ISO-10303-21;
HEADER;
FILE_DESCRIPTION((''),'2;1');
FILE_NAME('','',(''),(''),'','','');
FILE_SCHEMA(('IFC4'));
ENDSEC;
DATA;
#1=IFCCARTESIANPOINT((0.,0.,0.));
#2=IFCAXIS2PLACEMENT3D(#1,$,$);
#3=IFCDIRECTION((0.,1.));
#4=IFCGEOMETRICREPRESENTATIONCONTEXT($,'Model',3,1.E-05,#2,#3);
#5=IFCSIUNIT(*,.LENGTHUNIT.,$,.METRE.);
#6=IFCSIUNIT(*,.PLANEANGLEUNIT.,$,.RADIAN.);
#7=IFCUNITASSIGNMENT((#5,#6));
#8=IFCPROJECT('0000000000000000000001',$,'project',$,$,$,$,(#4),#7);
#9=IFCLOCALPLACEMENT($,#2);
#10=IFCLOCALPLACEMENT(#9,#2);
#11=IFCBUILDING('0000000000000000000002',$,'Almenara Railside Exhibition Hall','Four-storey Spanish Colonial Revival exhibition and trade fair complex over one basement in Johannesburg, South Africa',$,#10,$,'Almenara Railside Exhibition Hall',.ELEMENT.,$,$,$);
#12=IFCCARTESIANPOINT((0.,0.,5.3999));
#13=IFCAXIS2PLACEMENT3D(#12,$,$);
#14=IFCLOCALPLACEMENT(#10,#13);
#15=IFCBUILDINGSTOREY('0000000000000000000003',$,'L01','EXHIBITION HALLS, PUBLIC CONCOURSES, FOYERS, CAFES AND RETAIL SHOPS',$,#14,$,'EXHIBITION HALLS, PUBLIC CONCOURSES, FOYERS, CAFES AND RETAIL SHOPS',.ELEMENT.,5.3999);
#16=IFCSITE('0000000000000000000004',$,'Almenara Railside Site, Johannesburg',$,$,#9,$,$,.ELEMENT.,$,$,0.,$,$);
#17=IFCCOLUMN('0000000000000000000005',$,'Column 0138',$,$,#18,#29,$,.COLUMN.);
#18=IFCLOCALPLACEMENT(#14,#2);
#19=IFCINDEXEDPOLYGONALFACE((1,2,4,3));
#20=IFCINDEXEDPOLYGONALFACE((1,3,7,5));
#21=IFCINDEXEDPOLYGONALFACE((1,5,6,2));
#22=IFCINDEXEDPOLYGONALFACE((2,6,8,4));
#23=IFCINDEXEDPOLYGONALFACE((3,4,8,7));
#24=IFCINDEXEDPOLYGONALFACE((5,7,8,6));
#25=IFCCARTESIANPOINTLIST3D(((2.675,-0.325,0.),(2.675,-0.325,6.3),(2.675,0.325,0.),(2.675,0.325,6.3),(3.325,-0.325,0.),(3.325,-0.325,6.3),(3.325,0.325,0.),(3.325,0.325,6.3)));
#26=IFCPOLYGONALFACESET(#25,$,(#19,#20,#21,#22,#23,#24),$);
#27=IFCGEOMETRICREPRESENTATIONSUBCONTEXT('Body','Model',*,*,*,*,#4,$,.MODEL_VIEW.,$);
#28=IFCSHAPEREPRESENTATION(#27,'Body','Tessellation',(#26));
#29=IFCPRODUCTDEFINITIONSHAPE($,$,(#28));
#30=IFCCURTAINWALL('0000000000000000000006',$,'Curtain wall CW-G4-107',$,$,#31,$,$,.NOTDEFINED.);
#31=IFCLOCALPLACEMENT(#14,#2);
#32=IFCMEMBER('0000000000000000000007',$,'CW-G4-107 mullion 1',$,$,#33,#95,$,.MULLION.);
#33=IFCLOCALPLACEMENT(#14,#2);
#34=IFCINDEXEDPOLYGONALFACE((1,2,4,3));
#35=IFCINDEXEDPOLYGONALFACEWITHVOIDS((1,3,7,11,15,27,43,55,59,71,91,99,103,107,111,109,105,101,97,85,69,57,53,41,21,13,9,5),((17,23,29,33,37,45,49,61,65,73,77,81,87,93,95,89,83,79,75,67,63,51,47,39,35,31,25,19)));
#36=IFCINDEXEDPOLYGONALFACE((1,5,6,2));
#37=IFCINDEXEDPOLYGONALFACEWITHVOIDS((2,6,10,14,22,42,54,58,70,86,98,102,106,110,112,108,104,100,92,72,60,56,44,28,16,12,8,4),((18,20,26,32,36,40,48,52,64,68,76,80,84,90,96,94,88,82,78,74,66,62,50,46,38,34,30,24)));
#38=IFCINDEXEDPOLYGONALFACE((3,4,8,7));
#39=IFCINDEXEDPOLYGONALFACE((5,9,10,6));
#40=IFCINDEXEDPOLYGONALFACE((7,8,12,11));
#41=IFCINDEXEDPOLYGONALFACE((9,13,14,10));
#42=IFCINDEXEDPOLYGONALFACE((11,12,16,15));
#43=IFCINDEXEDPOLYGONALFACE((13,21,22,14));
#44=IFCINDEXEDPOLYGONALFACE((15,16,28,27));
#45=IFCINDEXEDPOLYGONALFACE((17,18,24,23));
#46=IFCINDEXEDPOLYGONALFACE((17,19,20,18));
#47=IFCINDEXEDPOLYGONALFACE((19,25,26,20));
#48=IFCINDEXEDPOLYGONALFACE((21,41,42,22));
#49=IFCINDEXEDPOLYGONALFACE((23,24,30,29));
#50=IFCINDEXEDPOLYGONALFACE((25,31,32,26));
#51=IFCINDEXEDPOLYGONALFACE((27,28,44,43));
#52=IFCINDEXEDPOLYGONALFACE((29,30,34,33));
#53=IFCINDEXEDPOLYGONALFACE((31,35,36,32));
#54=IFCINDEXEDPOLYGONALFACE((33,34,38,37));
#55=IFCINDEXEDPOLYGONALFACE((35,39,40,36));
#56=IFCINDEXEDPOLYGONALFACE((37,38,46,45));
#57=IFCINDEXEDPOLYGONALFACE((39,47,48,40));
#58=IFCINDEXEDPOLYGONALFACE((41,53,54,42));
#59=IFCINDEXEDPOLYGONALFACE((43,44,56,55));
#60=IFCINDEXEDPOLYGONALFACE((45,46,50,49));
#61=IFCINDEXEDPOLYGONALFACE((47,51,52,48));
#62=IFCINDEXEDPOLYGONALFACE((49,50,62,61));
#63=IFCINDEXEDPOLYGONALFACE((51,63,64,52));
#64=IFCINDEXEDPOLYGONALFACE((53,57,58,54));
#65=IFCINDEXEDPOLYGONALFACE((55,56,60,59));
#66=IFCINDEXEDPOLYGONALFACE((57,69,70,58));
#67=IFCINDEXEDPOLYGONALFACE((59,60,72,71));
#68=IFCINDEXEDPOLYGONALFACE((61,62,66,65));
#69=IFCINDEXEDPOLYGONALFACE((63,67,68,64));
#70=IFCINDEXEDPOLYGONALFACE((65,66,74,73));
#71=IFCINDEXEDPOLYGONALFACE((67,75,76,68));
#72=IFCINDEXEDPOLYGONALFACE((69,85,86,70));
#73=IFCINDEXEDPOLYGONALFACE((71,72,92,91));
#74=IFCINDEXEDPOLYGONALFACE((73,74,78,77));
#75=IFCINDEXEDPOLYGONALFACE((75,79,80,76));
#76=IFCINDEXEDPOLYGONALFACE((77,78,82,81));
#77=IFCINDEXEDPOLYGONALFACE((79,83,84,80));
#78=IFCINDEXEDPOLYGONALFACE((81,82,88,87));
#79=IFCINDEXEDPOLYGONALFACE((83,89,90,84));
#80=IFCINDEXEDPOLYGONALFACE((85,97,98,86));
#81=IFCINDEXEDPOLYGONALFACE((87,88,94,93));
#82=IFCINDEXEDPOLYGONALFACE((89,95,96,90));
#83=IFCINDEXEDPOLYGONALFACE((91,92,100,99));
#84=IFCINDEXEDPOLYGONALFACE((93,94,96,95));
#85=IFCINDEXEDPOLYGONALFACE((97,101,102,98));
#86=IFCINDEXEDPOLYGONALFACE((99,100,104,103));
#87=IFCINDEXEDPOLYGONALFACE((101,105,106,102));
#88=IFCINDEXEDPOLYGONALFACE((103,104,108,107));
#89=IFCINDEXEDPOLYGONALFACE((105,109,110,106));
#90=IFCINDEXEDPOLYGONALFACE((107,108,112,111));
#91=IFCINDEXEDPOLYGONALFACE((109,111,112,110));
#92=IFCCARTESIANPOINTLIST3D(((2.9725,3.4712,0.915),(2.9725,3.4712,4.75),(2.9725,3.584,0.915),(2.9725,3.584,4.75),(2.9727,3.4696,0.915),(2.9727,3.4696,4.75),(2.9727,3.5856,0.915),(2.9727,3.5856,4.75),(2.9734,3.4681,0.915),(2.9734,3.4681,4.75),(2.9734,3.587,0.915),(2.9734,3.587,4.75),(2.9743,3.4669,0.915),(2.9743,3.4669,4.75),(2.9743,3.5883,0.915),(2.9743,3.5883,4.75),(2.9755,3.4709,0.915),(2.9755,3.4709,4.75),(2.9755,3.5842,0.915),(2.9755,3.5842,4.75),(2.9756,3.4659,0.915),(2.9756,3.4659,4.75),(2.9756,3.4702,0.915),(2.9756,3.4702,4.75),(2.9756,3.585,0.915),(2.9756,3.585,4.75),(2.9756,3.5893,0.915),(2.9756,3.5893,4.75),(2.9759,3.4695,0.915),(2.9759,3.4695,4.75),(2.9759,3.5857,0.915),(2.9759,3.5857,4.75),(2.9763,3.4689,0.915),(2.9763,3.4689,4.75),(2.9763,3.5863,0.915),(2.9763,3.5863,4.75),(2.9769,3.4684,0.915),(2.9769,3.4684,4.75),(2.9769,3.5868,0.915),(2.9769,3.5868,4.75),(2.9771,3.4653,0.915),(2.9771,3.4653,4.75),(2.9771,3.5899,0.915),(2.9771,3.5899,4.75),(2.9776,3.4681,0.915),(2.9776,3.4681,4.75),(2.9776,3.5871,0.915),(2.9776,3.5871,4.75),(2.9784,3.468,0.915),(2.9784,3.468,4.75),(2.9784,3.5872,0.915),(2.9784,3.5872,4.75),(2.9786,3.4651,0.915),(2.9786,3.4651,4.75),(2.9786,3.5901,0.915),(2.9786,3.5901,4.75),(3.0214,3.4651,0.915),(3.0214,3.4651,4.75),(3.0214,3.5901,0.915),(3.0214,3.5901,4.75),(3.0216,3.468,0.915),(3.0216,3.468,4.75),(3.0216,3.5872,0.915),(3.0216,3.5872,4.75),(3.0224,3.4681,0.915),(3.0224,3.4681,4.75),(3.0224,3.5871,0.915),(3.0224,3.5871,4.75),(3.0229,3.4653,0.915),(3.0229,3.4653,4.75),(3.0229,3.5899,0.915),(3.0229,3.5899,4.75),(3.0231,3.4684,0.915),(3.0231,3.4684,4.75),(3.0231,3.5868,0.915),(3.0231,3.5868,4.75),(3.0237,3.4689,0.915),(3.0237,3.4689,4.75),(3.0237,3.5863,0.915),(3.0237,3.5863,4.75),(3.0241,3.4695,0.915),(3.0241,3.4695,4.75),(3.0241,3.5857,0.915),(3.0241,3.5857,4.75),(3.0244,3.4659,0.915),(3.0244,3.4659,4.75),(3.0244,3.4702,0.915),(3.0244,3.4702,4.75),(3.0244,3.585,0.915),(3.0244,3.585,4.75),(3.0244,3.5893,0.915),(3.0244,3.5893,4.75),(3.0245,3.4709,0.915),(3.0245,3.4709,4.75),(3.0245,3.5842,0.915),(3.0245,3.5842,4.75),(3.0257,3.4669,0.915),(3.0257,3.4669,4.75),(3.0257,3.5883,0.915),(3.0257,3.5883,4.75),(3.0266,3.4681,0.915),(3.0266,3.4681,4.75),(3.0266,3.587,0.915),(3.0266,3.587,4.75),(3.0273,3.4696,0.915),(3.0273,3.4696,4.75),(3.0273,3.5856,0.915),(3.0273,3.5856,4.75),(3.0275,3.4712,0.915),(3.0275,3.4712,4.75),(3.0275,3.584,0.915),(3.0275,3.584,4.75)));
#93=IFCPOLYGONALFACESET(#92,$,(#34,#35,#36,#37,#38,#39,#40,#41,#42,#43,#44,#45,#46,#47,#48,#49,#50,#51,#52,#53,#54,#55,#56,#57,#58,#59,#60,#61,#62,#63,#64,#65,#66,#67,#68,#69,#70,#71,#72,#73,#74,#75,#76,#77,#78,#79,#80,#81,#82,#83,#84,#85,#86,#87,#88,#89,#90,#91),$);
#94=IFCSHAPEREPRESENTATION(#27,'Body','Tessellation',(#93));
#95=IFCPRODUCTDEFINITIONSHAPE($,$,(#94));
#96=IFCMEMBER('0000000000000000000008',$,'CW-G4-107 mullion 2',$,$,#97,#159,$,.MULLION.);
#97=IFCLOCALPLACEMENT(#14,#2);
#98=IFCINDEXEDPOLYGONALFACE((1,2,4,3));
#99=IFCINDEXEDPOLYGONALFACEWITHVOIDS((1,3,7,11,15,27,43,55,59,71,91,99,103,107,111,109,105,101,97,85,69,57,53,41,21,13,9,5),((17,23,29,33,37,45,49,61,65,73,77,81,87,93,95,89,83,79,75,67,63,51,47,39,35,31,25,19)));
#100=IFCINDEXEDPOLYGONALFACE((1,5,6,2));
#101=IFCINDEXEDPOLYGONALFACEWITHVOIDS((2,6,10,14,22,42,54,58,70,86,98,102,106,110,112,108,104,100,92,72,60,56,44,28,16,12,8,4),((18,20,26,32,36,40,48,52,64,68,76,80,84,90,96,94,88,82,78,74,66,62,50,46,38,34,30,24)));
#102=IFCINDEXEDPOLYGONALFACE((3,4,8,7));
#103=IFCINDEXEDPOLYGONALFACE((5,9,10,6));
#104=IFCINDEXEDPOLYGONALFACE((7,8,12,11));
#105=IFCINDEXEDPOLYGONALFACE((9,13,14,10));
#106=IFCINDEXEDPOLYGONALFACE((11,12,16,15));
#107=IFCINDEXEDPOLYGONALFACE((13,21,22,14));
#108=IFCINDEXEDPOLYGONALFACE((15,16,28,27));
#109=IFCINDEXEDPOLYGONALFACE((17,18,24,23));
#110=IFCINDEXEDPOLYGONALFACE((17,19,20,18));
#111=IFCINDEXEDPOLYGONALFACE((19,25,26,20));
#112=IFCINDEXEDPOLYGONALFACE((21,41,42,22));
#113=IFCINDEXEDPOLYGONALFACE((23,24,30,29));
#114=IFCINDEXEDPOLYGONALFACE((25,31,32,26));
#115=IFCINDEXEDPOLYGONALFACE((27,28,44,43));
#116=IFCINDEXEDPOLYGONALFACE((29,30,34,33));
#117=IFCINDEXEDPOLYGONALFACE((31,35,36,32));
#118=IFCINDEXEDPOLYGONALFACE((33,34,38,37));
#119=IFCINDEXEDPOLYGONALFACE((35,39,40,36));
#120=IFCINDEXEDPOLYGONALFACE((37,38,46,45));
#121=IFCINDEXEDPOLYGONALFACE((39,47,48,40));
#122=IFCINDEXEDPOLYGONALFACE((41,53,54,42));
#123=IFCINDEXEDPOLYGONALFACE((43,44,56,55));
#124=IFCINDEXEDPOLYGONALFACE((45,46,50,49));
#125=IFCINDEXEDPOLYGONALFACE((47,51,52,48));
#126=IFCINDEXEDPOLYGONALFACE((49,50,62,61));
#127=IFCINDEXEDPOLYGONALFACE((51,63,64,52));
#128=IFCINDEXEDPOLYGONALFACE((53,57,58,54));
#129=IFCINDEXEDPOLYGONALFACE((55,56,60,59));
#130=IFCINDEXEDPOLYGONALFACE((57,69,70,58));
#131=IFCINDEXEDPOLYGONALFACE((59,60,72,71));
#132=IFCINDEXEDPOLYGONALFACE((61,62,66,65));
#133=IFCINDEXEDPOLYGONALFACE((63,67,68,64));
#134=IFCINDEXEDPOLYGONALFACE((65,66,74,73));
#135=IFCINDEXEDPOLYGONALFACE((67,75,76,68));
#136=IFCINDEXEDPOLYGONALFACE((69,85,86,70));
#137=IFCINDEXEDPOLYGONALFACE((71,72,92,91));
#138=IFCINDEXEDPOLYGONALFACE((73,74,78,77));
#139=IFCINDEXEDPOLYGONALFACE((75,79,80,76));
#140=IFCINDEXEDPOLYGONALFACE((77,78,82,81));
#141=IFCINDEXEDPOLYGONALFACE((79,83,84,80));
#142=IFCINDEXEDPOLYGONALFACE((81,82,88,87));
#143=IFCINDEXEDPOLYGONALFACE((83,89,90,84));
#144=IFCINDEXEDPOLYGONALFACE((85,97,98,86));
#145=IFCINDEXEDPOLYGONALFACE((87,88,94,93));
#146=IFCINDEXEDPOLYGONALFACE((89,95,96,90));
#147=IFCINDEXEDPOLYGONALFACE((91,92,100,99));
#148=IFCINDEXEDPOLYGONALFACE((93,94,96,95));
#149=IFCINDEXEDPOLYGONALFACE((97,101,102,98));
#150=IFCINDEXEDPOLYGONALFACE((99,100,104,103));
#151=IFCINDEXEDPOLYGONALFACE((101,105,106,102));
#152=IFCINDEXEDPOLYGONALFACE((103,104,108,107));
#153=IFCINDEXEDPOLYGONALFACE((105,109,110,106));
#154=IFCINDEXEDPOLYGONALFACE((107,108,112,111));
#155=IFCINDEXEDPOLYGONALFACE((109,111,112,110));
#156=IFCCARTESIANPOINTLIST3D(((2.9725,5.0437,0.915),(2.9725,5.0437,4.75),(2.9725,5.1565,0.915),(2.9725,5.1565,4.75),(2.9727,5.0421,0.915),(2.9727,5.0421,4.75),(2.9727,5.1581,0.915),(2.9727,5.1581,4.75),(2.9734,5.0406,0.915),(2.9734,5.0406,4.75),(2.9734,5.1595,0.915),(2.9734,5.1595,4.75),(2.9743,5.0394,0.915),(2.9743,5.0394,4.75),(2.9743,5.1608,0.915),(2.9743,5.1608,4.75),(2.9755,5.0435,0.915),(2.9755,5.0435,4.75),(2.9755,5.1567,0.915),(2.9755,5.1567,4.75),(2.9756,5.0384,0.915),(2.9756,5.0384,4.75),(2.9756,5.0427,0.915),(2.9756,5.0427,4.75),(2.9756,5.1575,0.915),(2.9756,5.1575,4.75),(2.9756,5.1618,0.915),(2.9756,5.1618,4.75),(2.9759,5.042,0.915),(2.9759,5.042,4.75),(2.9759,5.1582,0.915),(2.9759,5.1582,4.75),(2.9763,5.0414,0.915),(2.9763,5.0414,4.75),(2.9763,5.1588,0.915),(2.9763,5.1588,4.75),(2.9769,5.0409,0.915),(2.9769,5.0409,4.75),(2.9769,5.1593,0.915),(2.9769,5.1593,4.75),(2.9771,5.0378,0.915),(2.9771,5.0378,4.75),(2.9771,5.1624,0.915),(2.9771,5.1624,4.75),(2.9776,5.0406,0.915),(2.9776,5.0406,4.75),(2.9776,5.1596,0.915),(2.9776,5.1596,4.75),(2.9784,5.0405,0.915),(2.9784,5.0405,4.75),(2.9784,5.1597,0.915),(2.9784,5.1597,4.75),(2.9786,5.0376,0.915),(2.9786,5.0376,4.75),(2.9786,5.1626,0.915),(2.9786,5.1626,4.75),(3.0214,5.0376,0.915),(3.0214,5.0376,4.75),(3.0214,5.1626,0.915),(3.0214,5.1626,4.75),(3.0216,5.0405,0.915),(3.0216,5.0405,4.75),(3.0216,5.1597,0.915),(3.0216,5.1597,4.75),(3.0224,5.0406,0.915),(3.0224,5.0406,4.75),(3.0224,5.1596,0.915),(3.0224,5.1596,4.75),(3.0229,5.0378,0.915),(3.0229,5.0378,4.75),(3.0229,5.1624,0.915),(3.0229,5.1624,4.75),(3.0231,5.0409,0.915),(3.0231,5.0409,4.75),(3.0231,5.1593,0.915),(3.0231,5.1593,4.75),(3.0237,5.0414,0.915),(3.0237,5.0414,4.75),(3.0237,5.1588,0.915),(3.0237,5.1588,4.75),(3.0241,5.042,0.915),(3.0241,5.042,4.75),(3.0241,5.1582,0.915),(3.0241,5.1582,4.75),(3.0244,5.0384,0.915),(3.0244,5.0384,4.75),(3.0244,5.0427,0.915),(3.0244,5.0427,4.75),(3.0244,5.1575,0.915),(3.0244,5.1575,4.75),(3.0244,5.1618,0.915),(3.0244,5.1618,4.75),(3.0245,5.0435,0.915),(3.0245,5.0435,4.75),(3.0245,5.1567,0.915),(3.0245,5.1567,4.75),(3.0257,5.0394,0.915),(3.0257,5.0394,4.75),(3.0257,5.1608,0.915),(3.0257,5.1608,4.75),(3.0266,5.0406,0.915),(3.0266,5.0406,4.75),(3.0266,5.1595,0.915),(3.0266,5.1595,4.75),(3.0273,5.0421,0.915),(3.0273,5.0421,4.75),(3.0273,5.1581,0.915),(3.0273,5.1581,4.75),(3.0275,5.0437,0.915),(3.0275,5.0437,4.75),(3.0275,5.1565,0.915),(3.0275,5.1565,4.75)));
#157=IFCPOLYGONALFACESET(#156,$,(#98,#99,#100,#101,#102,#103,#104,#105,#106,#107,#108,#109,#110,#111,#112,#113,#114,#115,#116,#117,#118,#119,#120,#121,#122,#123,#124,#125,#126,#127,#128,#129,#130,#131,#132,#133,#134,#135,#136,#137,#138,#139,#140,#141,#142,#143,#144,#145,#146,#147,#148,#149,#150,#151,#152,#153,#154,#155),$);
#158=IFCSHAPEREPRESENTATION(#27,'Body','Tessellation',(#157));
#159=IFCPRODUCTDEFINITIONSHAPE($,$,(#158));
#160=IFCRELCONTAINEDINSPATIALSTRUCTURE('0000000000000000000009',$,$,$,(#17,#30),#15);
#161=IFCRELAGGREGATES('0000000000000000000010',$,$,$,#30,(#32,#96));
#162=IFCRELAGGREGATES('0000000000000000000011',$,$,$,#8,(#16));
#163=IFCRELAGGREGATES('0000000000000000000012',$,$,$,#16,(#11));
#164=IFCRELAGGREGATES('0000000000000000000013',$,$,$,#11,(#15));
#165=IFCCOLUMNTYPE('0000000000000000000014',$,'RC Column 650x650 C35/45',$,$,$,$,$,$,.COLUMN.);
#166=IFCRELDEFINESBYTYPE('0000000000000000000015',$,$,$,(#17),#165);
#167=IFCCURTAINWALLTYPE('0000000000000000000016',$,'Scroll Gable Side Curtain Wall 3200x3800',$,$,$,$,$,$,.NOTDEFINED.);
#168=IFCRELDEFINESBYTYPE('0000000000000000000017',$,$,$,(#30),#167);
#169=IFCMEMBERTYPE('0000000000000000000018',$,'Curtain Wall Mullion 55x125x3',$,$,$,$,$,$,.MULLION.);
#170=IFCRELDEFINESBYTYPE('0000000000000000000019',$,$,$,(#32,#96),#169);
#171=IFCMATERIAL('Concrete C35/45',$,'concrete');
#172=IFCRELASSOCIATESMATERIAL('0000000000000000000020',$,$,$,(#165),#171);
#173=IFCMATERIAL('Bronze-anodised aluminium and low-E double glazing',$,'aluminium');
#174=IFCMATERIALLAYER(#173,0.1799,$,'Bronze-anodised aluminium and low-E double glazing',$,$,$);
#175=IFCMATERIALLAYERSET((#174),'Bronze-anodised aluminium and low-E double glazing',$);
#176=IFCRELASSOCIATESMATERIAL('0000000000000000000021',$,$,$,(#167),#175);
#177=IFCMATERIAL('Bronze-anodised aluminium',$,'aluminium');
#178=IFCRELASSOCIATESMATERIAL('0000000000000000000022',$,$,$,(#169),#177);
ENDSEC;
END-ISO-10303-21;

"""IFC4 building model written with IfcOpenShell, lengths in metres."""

from ifc_helpers import new_model, si_unit, direction, frame, origin, origin_2d, place, context, subcontext, project, spatial, rectangle, hollow_rectangle, extrude, material, layer, layer_set, material_profile, profile_set, type_object, element, aggregate, save


model = new_model("IFC4")

# Units and contexts
model_context = context("Model", 3, precision=1e-05, world=origin(), true_north=direction((0.0, 1.0)))
body_context = subcontext(model_context, "Body", "Model", "MODEL_VIEW")
ifc_project = project(units=[si_unit("LENGTHUNIT", "METRE"), si_unit("PLANEANGLEUNIT", "RADIAN")], contexts=[model_context])

# Site, building, storey
site_placement = place(None, origin())
site = spatial("IfcSite", under=ifc_project, at=site_placement, Name="Almenara Railside Site, Johannesburg", CompositionType="ELEMENT", RefElevation=0.0)
building_placement = place(site_placement, origin())
building = spatial("IfcBuilding", under=site, at=building_placement, Name="Almenara Railside Exhibition Hall", Description="Four-storey Spanish Colonial Revival exhibition and trade fair complex over one basement in Johannesburg, South Africa", LongName="Almenara Railside Exhibition Hall", CompositionType="ELEMENT")
storey_placement = place(building_placement, frame((0.0, 0.0, 5.3999)))
storey = spatial("IfcBuildingStorey", under=building, at=storey_placement, Name="L01", Description="EXHIBITION HALLS, PUBLIC CONCOURSES, FOYERS, CAFES AND RETAIL SHOPS", LongName="EXHIBITION HALLS, PUBLIC CONCOURSES, FOYERS, CAFES AND RETAIL SHOPS", CompositionType="ELEMENT", Elevation=5.3999)

# Column
ifc_material_1 = material(Name="Concrete C35/45", Category="concrete")
ifc_material_profile_1 = material_profile(ifc_material_1, rectangle(XDim=0.6499, YDim=0.6499, at=origin_2d()), Name="RC 650x650")
ifc_profile_set_1 = profile_set([ifc_material_profile_1], Name="Concrete C35/45")
column_type = type_object("IfcColumnType", Name="RC Column 650x650 C35/45", PredefinedType="COLUMN", material=ifc_profile_set_1)
column_placement = place(storey_placement, frame((3.0, 0.0, 0.0), z_axis=(0.0, 0.0, 1.0), x_axis=(1.0, 0.0, 0.0)))
element("IfcColumn", 1, at=column_placement, inside=storey, type_object=column_type, Name="Column 0138", PredefinedType="COLUMN", context=body_context, shape_type="SweptSolid", body=[
    extrude(rectangle(XDim=0.6499, YDim=0.6499, at=origin_2d()), origin(), (0.0, 0.0, 1.0), 6.3),
])

# Curtain wall, members
ifc_material_2 = material(Name="Bronze-anodised aluminium and low-E double glazing", Category="aluminium")
ifc_layer_1 = layer(ifc_material_2, 0.1799, Name="Bronze-anodised aluminium and low-E double glazing")
ifc_layer_set_1 = layer_set([ifc_layer_1], Name="Bronze-anodised aluminium and low-E double glazing")
curtain_wall_type = type_object("IfcCurtainWallType", Name="Scroll Gable Side Curtain Wall 3200x3800", PredefinedType="NOTDEFINED", material=ifc_layer_set_1)
curtain_wall_1_placement = place(storey_placement, origin())
curtain_wall_1 = element("IfcCurtainWall", 2, at=curtain_wall_1_placement, inside=storey, type_object=curtain_wall_type, Name="Curtain wall CW-G4-107", PredefinedType="NOTDEFINED")
ifc_material_3 = material(Name="Bronze-anodised aluminium", Category="aluminium")
ifc_material_profile_2 = material_profile(ifc_material_3, hollow_rectangle(XDim=0.0549, YDim=0.125, WallThickness=0.0029, InnerFilletRadius=0.0029, OuterFilletRadius=0.0061, at=origin_2d()), Name="ALU-MUL 55x125x3")
ifc_profile_set_2 = profile_set([ifc_material_profile_2], Name="Bronze-anodised aluminium")
member_type_1 = type_object("IfcMemberType", Name="Curtain Wall Mullion 55x125x3", PredefinedType="MULLION", material=ifc_profile_set_2)
member_1_placement = place(storey_placement, frame((3.0, 3.5276, 0.915), z_axis=(0.0, 0.0, 1.0), x_axis=(-1.0, 0.0, 0.0)))
member_1 = element("IfcMember", 3, at=member_1_placement, type_object=member_type_1, Name="CW-G4-107 mullion 1", PredefinedType="MULLION", context=body_context, shape_type="SweptSolid", body=[
    extrude(hollow_rectangle(XDim=0.0549, YDim=0.125, WallThickness=0.0029, InnerFilletRadius=0.0029, OuterFilletRadius=0.0061, at=origin_2d()), origin(), (0.0, 0.0, 1.0), 3.835),
])
member_2_placement = place(storey_placement, frame((3.0, 5.1001, 0.915), z_axis=(0.0, 0.0, 1.0), x_axis=(-1.0, 0.0, 0.0)))
member_2 = element("IfcMember", 4, at=member_2_placement, type_object=member_type_1, Name="CW-G4-107 mullion 2", PredefinedType="MULLION", context=body_context, shape_type="SweptSolid", body=[
    extrude(hollow_rectangle(XDim=0.0549, YDim=0.125, WallThickness=0.0029, InnerFilletRadius=0.0029, OuterFilletRadius=0.0061, at=origin_2d()), origin(), (0.0, 0.0, 1.0), 3.835),
])

aggregate(curtain_wall_1, [member_1, member_2])

save(model, "model.ifc")
